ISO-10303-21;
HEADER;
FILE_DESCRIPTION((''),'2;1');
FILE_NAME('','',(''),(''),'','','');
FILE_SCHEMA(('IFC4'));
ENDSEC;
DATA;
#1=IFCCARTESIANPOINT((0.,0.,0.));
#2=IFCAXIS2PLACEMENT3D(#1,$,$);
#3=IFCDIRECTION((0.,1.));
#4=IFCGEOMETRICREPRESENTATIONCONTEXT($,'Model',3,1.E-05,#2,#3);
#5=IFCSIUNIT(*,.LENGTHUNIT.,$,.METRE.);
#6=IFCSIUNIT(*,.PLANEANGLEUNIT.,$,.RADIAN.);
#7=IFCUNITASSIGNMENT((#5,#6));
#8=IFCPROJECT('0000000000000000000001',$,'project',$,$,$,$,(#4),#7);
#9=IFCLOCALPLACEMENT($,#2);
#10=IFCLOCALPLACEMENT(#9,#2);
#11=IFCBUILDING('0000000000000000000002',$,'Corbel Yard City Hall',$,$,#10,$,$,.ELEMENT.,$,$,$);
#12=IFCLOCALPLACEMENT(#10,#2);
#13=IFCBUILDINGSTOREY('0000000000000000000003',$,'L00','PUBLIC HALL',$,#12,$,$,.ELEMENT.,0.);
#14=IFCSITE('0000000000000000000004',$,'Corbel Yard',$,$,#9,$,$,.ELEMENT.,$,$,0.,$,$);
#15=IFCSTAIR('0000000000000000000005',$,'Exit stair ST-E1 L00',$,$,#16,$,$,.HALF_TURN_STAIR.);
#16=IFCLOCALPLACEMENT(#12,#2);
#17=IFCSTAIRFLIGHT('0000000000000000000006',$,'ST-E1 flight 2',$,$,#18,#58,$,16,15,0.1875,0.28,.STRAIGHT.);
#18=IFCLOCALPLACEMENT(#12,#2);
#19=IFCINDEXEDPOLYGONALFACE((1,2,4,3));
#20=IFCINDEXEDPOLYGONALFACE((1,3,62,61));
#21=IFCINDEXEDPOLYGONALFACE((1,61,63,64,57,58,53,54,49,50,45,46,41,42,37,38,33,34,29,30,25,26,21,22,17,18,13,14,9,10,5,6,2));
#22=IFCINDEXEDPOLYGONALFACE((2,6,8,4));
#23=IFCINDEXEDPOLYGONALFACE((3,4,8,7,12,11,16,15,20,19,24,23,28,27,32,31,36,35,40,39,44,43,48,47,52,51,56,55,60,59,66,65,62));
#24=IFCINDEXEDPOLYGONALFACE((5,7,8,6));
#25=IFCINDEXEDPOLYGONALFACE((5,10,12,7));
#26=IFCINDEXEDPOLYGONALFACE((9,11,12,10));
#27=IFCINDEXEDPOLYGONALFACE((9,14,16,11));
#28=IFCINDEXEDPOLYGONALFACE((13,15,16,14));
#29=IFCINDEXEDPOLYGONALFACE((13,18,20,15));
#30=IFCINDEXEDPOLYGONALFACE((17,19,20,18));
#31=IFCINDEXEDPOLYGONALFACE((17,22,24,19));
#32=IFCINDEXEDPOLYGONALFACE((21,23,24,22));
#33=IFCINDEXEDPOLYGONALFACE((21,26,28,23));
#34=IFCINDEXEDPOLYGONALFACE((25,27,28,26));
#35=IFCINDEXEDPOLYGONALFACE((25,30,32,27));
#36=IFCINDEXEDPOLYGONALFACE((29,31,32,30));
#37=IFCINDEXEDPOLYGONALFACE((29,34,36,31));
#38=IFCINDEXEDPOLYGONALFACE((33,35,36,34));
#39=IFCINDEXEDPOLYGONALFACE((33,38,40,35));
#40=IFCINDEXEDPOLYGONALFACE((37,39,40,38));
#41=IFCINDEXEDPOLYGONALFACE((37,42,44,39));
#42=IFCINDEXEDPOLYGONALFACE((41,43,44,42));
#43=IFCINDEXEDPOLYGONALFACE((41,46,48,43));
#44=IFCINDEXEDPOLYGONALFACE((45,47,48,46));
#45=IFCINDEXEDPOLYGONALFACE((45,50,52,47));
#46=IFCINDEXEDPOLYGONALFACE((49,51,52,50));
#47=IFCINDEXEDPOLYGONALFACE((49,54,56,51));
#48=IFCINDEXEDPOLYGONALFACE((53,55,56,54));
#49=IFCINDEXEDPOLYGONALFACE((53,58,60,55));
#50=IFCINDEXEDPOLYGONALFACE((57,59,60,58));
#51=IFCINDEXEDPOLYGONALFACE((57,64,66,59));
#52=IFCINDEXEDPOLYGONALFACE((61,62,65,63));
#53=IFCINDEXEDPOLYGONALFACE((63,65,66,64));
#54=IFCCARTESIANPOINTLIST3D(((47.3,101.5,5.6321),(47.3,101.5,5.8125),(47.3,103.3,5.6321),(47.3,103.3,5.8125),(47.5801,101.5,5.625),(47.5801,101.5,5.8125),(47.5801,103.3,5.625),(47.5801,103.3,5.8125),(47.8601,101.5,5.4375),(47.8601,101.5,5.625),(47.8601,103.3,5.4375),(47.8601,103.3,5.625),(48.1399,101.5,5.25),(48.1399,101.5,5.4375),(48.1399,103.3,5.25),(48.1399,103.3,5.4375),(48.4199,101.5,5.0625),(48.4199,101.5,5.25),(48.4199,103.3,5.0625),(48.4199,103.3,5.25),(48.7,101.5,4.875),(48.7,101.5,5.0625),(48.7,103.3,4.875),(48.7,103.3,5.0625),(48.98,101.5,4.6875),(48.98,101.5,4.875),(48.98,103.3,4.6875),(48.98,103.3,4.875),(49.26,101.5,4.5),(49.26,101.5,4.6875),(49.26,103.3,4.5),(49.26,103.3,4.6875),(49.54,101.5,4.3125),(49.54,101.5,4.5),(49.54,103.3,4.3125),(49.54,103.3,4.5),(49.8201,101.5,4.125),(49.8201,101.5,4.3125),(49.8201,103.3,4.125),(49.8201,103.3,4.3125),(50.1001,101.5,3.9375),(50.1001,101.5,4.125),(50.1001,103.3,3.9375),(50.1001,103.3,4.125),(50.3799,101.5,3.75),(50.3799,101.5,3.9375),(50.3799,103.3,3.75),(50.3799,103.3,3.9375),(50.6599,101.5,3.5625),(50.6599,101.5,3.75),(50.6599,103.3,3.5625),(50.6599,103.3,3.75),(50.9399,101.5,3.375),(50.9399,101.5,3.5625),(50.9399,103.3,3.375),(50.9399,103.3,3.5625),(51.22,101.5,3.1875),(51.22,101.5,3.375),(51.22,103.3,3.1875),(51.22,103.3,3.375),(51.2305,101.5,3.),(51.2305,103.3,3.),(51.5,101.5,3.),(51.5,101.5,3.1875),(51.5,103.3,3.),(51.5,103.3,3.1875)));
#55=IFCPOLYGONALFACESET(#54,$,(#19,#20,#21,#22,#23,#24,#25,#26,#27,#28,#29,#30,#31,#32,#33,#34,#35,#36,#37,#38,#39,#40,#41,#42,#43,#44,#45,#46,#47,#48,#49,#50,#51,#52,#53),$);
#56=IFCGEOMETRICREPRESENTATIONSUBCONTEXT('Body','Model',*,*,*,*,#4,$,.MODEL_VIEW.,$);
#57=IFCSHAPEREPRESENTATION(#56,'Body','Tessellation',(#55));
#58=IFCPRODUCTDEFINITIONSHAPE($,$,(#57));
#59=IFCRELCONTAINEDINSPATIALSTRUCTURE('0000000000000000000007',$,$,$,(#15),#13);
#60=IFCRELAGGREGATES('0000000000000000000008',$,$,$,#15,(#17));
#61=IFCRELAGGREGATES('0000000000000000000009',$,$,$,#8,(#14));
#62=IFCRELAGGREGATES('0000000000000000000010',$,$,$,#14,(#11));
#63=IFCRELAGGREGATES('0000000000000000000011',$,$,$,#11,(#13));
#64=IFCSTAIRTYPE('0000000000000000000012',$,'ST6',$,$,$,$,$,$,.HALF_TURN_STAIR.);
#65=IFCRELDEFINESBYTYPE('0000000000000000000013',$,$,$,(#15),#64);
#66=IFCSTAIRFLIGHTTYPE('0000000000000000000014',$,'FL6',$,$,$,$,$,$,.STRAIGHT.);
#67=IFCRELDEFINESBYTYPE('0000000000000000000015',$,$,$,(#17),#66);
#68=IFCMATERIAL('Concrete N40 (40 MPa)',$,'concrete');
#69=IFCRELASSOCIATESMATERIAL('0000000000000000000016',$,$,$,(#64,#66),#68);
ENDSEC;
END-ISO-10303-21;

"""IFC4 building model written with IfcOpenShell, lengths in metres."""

from ifc_helpers import new_model, si_unit, direction, frame, origin, place, context, subcontext, project, spatial, polyline, outline, extrude, material, type_object, element, aggregate, save


model = new_model("IFC4")

# Units and contexts
model_context = context("Model", 3, precision=1e-05, world=origin(), true_north=direction((0.0, 1.0)))
body_context = subcontext(model_context, "Body", "Model", "MODEL_VIEW")
ifc_project = project(units=[si_unit("LENGTHUNIT", "METRE"), si_unit("PLANEANGLEUNIT", "RADIAN")], contexts=[model_context])

# Site, building, storey
site_placement = place(None, origin())
site = spatial("IfcSite", under=ifc_project, at=site_placement, Name="Corbel Yard", CompositionType="ELEMENT", RefElevation=0.0)
building_placement = place(site_placement, origin())
building = spatial("IfcBuilding", under=site, at=building_placement, Name="Corbel Yard City Hall", CompositionType="ELEMENT")
storey_placement = place(building_placement, origin())
storey = spatial("IfcBuildingStorey", under=building, at=storey_placement, Name="L00", Description="PUBLIC HALL", CompositionType="ELEMENT", Elevation=0.0)

# Shared definitions
ifc_material_1 = material(Name="Concrete N40 (40 MPa)", Category="concrete")

# Stair, stair flight
stair_type = type_object("IfcStairType", Name="ST6", PredefinedType="HALF_TURN_STAIR", material=ifc_material_1)
stair_placement = place(storey_placement, origin())
stair = element("IfcStair", 1, at=stair_placement, inside=storey, type_object=stair_type, Name="Exit stair ST-E1 L00", PredefinedType="HALF_TURN_STAIR")
stair_flight_type = type_object("IfcStairFlightType", Name="FL6", PredefinedType="STRAIGHT", material=ifc_material_1)
stair_flight_placement = place(storey_placement, frame((51.5, 102.3999, 3.0), z_axis=(0.0, 0.0, 1.0), x_axis=(-1.0, 0.0, 0.0)))
stair_flight = element("IfcStairFlight", 2, at=stair_flight_placement, type_object=stair_flight_type, Name="ST-E1 flight 2", NumberOfRisers=16, NumberOfTreads=15, PredefinedType="STRAIGHT", RiserHeight=0.1875, TreadLength=0.28, context=body_context, shape_type="SweptSolid", body=[
    extrude(outline(polyline([(0.0, 0.0), (0.0, 0.1875), (0.28, 0.1875), (0.28, 0.375), (0.5601, 0.375), (0.5601, 0.5625), (0.8401, 0.5625), (0.8401, 0.75), (1.1201, 0.75), (1.1201, 0.9375), (1.3999, 0.9375), (1.3999, 1.125), (1.6799, 1.125), (1.6799, 1.3125), (1.96, 1.3125), (1.96, 1.5), (2.24, 1.5), (2.24, 1.6875), (2.52, 1.6875), (2.52, 1.875), (2.8, 1.875), (2.8, 2.0625), (3.0801, 2.0625), (3.0801, 2.25), (3.3601, 2.25), (3.3601, 2.4375), (3.6399, 2.4375), (3.6399, 2.625), (3.9199, 2.625), (3.9199, 2.8125), (4.2, 2.8125), (4.2, 3.0), (4.2, 2.6321), (0.2695, 0.0), (0.0, 0.0)])), frame((0.0, 0.8999, 0.0), z_axis=(0.0, -1.0, 0.0), x_axis=(1.0, 0.0, 0.0)), (0.0, 0.0, 1.0), 1.8),
])
aggregate(stair, [stair_flight])

save(model, "model.ifc")
